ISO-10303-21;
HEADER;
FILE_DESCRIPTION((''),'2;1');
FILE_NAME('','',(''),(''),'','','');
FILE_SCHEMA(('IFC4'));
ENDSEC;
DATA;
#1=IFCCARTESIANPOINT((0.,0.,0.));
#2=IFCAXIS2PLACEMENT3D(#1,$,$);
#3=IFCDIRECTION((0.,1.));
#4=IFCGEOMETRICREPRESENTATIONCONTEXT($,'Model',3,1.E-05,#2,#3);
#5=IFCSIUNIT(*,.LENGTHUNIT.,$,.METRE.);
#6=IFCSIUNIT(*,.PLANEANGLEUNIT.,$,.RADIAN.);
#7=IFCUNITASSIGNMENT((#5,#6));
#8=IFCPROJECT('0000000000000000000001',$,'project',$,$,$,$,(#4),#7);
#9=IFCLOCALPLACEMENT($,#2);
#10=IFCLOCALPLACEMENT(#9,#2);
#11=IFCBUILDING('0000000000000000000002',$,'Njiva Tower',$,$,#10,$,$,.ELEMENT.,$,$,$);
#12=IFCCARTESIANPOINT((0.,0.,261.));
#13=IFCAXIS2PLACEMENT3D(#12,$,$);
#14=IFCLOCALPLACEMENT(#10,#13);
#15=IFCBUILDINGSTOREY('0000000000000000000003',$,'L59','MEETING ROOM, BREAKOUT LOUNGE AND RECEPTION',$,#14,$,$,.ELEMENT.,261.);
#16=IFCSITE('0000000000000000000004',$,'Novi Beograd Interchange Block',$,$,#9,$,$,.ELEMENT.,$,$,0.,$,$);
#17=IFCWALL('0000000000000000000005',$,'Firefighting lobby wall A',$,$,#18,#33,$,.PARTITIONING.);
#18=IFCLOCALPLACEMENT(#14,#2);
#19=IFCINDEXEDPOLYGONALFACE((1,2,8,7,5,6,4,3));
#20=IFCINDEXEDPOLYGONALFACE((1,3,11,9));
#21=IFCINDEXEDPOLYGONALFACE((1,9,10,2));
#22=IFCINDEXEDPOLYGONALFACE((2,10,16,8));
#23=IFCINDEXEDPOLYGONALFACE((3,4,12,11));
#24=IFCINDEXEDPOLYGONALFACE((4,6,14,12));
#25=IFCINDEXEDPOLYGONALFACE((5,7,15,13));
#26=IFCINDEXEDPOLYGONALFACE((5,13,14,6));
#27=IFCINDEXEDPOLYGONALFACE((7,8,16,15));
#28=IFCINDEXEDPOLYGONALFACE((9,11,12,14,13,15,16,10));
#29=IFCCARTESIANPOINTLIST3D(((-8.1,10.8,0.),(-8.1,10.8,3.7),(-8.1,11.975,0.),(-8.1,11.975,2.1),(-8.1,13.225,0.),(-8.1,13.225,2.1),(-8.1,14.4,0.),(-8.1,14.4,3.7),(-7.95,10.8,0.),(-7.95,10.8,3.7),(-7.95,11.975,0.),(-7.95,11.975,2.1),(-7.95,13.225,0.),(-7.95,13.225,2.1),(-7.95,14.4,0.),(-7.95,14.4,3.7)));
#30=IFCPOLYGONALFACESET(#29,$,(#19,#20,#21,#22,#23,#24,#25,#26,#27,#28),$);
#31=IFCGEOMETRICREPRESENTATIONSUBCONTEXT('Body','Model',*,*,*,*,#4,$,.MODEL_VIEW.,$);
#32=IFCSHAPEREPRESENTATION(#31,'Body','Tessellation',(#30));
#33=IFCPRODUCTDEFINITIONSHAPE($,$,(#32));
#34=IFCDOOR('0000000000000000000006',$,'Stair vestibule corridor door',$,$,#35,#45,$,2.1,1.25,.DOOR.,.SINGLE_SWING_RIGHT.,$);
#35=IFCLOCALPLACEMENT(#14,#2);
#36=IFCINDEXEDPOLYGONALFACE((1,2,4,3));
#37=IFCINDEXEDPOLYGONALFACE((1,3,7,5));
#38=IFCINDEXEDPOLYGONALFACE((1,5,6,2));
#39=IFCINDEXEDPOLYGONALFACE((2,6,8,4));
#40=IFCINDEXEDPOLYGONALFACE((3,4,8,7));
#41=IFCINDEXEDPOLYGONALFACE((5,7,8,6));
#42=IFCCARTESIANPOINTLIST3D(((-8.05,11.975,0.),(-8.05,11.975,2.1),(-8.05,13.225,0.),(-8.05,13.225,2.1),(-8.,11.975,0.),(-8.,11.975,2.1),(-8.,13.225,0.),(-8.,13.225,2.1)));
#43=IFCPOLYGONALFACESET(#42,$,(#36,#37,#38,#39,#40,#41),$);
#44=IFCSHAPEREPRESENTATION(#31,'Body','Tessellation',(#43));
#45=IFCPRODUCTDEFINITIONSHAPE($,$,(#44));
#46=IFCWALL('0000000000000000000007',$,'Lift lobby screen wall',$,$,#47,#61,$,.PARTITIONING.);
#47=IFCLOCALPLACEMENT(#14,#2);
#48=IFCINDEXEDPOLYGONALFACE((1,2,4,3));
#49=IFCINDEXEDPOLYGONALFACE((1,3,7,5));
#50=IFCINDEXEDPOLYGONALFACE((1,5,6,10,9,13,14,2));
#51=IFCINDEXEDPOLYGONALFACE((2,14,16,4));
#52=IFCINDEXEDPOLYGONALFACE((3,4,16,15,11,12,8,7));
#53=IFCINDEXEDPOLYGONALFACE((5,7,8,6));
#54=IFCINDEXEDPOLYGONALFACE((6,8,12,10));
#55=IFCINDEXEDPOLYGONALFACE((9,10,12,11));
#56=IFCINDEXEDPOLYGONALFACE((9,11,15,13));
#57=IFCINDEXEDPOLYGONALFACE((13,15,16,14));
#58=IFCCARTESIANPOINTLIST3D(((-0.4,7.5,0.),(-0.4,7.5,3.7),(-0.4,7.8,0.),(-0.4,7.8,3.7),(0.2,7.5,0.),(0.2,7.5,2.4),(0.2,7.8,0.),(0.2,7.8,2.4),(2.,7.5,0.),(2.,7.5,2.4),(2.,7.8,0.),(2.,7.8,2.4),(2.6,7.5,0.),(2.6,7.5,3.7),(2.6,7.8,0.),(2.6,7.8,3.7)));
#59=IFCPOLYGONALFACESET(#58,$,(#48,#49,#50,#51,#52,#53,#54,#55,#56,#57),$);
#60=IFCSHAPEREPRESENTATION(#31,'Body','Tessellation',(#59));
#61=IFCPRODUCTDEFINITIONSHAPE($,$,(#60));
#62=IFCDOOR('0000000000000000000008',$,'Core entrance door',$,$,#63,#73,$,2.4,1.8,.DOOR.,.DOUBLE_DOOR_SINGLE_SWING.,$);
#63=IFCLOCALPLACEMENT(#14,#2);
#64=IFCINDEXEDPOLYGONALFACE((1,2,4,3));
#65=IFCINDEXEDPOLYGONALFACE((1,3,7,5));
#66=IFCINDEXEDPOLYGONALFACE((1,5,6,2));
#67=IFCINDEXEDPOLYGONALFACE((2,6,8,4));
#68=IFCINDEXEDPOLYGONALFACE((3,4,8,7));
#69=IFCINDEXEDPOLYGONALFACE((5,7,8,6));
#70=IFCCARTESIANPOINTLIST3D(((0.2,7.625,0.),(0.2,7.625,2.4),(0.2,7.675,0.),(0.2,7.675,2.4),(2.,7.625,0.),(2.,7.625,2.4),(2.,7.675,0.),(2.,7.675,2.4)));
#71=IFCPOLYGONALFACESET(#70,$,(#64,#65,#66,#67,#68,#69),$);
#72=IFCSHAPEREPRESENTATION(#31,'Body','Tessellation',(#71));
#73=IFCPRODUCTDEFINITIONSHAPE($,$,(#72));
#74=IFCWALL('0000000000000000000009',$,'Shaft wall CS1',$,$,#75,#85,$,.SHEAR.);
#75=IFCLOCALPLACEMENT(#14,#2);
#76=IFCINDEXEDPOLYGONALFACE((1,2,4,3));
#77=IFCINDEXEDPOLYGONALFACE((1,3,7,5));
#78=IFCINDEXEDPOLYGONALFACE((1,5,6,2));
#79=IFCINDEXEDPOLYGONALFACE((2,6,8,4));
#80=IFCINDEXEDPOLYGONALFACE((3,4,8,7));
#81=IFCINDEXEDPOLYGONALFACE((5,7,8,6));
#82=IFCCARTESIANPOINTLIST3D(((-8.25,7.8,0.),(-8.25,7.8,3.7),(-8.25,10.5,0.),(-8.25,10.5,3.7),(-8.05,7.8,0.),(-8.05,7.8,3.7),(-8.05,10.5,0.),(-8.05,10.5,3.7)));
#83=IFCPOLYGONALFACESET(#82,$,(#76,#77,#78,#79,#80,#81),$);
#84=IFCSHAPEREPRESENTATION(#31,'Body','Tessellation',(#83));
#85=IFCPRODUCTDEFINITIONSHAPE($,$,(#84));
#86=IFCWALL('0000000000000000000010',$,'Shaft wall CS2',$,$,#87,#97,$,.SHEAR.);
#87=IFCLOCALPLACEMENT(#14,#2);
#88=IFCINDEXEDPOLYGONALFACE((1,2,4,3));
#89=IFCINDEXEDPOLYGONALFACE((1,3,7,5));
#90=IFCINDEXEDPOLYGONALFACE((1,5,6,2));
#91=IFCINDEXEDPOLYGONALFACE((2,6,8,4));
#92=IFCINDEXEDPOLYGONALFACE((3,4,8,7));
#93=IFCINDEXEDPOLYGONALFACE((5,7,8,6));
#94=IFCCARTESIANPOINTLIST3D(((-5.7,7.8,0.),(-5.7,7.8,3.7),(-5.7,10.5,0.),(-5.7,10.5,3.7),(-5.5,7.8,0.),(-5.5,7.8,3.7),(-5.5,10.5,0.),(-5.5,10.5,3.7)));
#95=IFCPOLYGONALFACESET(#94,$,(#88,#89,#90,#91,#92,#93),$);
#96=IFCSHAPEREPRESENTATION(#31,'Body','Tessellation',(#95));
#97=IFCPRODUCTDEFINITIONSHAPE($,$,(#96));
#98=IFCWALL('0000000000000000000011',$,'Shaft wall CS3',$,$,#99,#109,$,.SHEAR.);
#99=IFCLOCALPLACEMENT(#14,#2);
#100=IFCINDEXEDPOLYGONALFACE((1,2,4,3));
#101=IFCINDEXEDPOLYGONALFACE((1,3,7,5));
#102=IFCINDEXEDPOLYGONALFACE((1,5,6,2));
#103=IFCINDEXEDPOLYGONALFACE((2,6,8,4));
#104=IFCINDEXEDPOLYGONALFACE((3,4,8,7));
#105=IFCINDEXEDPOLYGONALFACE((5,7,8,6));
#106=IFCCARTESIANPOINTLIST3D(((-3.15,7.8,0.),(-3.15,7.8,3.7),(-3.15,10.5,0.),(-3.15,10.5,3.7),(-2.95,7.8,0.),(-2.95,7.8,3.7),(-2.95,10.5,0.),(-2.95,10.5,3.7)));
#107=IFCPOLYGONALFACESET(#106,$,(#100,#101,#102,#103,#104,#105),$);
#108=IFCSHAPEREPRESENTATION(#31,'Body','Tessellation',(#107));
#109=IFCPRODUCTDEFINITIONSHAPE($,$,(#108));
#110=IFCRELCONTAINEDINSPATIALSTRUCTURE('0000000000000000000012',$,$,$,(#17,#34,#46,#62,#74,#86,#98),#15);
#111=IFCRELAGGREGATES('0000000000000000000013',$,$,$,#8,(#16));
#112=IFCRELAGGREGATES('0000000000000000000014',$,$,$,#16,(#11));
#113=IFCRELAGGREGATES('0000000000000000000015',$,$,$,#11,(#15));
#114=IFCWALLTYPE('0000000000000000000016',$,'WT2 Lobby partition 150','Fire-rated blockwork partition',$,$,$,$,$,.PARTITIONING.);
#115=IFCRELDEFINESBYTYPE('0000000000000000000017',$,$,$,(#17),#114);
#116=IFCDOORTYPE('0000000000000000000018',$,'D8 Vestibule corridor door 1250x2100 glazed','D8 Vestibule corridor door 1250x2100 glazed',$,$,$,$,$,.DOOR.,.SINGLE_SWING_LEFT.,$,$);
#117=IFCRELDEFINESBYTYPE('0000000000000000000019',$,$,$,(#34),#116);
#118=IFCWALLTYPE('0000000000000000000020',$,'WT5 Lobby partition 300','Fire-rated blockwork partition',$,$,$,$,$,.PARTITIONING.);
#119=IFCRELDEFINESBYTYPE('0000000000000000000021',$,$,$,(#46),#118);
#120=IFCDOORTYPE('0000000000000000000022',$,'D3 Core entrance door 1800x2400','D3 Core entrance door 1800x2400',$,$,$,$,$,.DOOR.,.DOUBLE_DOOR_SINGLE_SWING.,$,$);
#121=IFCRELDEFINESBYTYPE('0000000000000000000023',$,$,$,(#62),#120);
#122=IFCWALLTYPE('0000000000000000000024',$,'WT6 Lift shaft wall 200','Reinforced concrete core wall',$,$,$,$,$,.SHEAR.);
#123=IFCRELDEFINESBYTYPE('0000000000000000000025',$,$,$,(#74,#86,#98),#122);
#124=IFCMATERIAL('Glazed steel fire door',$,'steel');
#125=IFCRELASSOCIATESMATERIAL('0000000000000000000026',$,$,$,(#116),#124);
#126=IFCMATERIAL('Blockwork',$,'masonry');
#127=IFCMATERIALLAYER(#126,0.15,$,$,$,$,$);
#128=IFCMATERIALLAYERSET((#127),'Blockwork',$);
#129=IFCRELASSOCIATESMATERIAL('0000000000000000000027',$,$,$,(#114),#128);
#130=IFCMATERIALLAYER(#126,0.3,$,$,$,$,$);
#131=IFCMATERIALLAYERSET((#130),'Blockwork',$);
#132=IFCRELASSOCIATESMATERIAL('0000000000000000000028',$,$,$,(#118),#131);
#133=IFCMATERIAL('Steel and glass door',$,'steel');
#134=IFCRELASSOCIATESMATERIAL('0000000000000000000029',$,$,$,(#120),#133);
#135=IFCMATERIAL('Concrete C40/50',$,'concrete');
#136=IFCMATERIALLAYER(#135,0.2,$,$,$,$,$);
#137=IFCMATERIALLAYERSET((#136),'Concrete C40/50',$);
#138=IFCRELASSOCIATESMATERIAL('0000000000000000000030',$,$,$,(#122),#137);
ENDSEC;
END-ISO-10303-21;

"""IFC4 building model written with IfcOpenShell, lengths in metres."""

from ifc_helpers import new_model, si_unit, direction, frame, frame_2d, origin, place, context, subcontext, project, spatial, rectangle, extrude, material, layer, layer_set, type_object, element, fill, save


model = new_model("IFC4")

# Units and contexts
model_context = context("Model", 3, precision=1e-05, world=origin(), true_north=direction((0.0, 1.0)))
body_context = subcontext(model_context, "Body", "Model", "MODEL_VIEW")
ifc_project = project(units=[si_unit("LENGTHUNIT", "METRE"), si_unit("PLANEANGLEUNIT", "RADIAN")], contexts=[model_context])

# Site, building, storey
site_placement = place(None, origin())
site = spatial("IfcSite", under=ifc_project, at=site_placement, Name="Novi Beograd Interchange Block", CompositionType="ELEMENT", RefElevation=0.0)
building_placement = place(site_placement, origin())
building = spatial("IfcBuilding", under=site, at=building_placement, Name="Njiva Tower", CompositionType="ELEMENT")
storey_placement = place(building_placement, frame((0.0, 0.0, 261.0)))
storey = spatial("IfcBuildingStorey", under=building, at=storey_placement, Name="L59", Description="MEETING ROOM, BREAKOUT LOUNGE AND RECEPTION", CompositionType="ELEMENT", Elevation=261.0)

# Shared definitions
ifc_material_1 = material(Name="Blockwork", Category="masonry")

# Shared definitions
ifc_material_2 = material(Name="Concrete C40/50", Category="concrete")
ifc_material_3 = material(Name="Glazed steel fire door", Category="steel")
door_type_1 = type_object("IfcDoorType", Name="D8 Vestibule corridor door 1250x2100 glazed", Description="D8 Vestibule corridor door 1250x2100 glazed", OperationType="SINGLE_SWING_LEFT", PredefinedType="DOOR", material=ifc_material_3)

# Walls, openings, doors
ifc_layer_1 = layer(ifc_material_1, 0.15)
ifc_layer_set_1 = layer_set([ifc_layer_1], Name="Blockwork")
wall_type_1 = type_object("IfcWallType", Name="WT2 Lobby partition 150", Description="Fire-rated blockwork partition", PredefinedType="PARTITIONING", material=ifc_layer_set_1)
wall_1_placement = place(storey_placement, frame((-8.025, 10.8, 0.0), z_axis=(0.0, 0.0, 1.0), x_axis=(0.0, 1.0, 0.0)))
wall_1 = element("IfcWall", 1, at=wall_1_placement, inside=storey, type_object=wall_type_1, Name="Firefighting lobby wall A", PredefinedType="PARTITIONING", context=body_context, shape_type="SweptSolid", body=[
    extrude(rectangle(XDim=3.6, YDim=0.15, at=frame_2d((1.8, 0.0))), origin(), (0.0, 0.0, 1.0), 3.7),
])
opening_1_placement = place(wall_1_placement, frame((1.175, 0.0, 0.0)))
opening_1 = element("IfcOpeningElement", 2, at=opening_1_placement, cuts=wall_1, PredefinedType="OPENING", context=body_context, shape_type="SweptSolid", body=[
    extrude(rectangle(XDim=1.25, YDim=2.1, at=frame_2d((0.625, 1.05))), frame((0.0, 0.085, 0.0), z_axis=(0.0, -1.0, 0.0), x_axis=(1.0, 0.0, 0.0)), (0.0, 0.0, 1.0), 0.17),
])
door_1_placement = place(opening_1_placement, origin())
door_1 = element("IfcDoor", 3, at=door_1_placement, inside=storey, type_object=door_type_1, Name="Stair vestibule corridor door", OperationType="SINGLE_SWING_RIGHT", OverallHeight=2.1, OverallWidth=1.25, PredefinedType="DOOR", context=body_context, shape_type="SweptSolid", body=[
    extrude(rectangle(XDim=1.25, YDim=2.1, at=frame_2d((0.625, 1.05))), frame((0.0, 0.025, 0.0), z_axis=(0.0, -1.0, 0.0), x_axis=(1.0, 0.0, 0.0)), (0.0, 0.0, 1.0), 0.05),
])
fill(opening_1, door_1)
ifc_layer_2 = layer(ifc_material_1, 0.3)
ifc_layer_set_2 = layer_set([ifc_layer_2], Name="Blockwork")
wall_type_2 = type_object("IfcWallType", Name="WT5 Lobby partition 300", Description="Fire-rated blockwork partition", PredefinedType="PARTITIONING", material=ifc_layer_set_2)
wall_2_placement = place(storey_placement, frame((-0.4, 7.65, 0.0), z_axis=(0.0, 0.0, 1.0), x_axis=(1.0, 0.0, 0.0)))
wall_2 = element("IfcWall", 4, at=wall_2_placement, inside=storey, type_object=wall_type_2, Name="Lift lobby screen wall", PredefinedType="PARTITIONING", context=body_context, shape_type="SweptSolid", body=[
    extrude(rectangle(XDim=3.0, YDim=0.3, at=frame_2d((1.5, 0.0))), origin(), (0.0, 0.0, 1.0), 3.7),
])
opening_2_placement = place(wall_2_placement, frame((0.6, 0.0, 0.0)))
opening_2 = element("IfcOpeningElement", 5, at=opening_2_placement, cuts=wall_2, PredefinedType="OPENING", context=body_context, shape_type="SweptSolid", body=[
    extrude(rectangle(XDim=1.8, YDim=2.4, at=frame_2d((0.9, 1.2))), frame((0.0, 0.16, 0.0), z_axis=(0.0, -1.0, 0.0), x_axis=(1.0, 0.0, 0.0)), (0.0, 0.0, 1.0), 0.32),
])
ifc_material_4 = material(Name="Steel and glass door", Category="steel")
door_type_2 = type_object("IfcDoorType", Name="D3 Core entrance door 1800x2400", Description="D3 Core entrance door 1800x2400", OperationType="DOUBLE_DOOR_SINGLE_SWING", PredefinedType="DOOR", material=ifc_material_4)
door_2_placement = place(opening_2_placement, origin())
door_2 = element("IfcDoor", 6, at=door_2_placement, inside=storey, type_object=door_type_2, Name="Core entrance door", OperationType="DOUBLE_DOOR_SINGLE_SWING", OverallHeight=2.4, OverallWidth=1.8, PredefinedType="DOOR", context=body_context, shape_type="SweptSolid", body=[
    extrude(rectangle(XDim=1.8, YDim=2.4, at=frame_2d((0.9, 1.2))), frame((0.0, 0.025, 0.0), z_axis=(0.0, -1.0, 0.0), x_axis=(1.0, 0.0, 0.0)), (0.0, 0.0, 1.0), 0.05),
])
fill(opening_2, door_2)

# Walls
ifc_layer_3 = layer(ifc_material_2, 0.2)
ifc_layer_set_3 = layer_set([ifc_layer_3], Name="Concrete C40/50")
wall_type_3 = type_object("IfcWallType", Name="WT6 Lift shaft wall 200", Description="Reinforced concrete core wall", PredefinedType="SHEAR", material=ifc_layer_set_3)
for number, where, z_axis, x_axis, name in (
    (7, (-8.15, 7.8, 0.0), (0.0, 0.0, 1.0), (0.0, 1.0, 0.0), "Shaft wall CS1"),
    (8, (-5.6, 7.8, 0.0), (0.0, 0.0, 1.0), (0.0, 1.0, 0.0), "Shaft wall CS2"),
    (9, (-3.05, 7.8, 0.0), (0.0, 0.0, 1.0), (0.0, 1.0, 0.0), "Shaft wall CS3"),
):
    element("IfcWall", number, at=place(storey_placement, frame(where, z_axis=z_axis, x_axis=x_axis)), inside=storey, type_object=wall_type_3, Name=name, PredefinedType="SHEAR", context=body_context, shape_type="SweptSolid", body=[
        extrude(rectangle(XDim=2.7, YDim=0.2, at=frame_2d((1.35, 0.0))), origin(), (0.0, 0.0, 1.0), 3.7),
    ])

save(model, "model.ifc")
